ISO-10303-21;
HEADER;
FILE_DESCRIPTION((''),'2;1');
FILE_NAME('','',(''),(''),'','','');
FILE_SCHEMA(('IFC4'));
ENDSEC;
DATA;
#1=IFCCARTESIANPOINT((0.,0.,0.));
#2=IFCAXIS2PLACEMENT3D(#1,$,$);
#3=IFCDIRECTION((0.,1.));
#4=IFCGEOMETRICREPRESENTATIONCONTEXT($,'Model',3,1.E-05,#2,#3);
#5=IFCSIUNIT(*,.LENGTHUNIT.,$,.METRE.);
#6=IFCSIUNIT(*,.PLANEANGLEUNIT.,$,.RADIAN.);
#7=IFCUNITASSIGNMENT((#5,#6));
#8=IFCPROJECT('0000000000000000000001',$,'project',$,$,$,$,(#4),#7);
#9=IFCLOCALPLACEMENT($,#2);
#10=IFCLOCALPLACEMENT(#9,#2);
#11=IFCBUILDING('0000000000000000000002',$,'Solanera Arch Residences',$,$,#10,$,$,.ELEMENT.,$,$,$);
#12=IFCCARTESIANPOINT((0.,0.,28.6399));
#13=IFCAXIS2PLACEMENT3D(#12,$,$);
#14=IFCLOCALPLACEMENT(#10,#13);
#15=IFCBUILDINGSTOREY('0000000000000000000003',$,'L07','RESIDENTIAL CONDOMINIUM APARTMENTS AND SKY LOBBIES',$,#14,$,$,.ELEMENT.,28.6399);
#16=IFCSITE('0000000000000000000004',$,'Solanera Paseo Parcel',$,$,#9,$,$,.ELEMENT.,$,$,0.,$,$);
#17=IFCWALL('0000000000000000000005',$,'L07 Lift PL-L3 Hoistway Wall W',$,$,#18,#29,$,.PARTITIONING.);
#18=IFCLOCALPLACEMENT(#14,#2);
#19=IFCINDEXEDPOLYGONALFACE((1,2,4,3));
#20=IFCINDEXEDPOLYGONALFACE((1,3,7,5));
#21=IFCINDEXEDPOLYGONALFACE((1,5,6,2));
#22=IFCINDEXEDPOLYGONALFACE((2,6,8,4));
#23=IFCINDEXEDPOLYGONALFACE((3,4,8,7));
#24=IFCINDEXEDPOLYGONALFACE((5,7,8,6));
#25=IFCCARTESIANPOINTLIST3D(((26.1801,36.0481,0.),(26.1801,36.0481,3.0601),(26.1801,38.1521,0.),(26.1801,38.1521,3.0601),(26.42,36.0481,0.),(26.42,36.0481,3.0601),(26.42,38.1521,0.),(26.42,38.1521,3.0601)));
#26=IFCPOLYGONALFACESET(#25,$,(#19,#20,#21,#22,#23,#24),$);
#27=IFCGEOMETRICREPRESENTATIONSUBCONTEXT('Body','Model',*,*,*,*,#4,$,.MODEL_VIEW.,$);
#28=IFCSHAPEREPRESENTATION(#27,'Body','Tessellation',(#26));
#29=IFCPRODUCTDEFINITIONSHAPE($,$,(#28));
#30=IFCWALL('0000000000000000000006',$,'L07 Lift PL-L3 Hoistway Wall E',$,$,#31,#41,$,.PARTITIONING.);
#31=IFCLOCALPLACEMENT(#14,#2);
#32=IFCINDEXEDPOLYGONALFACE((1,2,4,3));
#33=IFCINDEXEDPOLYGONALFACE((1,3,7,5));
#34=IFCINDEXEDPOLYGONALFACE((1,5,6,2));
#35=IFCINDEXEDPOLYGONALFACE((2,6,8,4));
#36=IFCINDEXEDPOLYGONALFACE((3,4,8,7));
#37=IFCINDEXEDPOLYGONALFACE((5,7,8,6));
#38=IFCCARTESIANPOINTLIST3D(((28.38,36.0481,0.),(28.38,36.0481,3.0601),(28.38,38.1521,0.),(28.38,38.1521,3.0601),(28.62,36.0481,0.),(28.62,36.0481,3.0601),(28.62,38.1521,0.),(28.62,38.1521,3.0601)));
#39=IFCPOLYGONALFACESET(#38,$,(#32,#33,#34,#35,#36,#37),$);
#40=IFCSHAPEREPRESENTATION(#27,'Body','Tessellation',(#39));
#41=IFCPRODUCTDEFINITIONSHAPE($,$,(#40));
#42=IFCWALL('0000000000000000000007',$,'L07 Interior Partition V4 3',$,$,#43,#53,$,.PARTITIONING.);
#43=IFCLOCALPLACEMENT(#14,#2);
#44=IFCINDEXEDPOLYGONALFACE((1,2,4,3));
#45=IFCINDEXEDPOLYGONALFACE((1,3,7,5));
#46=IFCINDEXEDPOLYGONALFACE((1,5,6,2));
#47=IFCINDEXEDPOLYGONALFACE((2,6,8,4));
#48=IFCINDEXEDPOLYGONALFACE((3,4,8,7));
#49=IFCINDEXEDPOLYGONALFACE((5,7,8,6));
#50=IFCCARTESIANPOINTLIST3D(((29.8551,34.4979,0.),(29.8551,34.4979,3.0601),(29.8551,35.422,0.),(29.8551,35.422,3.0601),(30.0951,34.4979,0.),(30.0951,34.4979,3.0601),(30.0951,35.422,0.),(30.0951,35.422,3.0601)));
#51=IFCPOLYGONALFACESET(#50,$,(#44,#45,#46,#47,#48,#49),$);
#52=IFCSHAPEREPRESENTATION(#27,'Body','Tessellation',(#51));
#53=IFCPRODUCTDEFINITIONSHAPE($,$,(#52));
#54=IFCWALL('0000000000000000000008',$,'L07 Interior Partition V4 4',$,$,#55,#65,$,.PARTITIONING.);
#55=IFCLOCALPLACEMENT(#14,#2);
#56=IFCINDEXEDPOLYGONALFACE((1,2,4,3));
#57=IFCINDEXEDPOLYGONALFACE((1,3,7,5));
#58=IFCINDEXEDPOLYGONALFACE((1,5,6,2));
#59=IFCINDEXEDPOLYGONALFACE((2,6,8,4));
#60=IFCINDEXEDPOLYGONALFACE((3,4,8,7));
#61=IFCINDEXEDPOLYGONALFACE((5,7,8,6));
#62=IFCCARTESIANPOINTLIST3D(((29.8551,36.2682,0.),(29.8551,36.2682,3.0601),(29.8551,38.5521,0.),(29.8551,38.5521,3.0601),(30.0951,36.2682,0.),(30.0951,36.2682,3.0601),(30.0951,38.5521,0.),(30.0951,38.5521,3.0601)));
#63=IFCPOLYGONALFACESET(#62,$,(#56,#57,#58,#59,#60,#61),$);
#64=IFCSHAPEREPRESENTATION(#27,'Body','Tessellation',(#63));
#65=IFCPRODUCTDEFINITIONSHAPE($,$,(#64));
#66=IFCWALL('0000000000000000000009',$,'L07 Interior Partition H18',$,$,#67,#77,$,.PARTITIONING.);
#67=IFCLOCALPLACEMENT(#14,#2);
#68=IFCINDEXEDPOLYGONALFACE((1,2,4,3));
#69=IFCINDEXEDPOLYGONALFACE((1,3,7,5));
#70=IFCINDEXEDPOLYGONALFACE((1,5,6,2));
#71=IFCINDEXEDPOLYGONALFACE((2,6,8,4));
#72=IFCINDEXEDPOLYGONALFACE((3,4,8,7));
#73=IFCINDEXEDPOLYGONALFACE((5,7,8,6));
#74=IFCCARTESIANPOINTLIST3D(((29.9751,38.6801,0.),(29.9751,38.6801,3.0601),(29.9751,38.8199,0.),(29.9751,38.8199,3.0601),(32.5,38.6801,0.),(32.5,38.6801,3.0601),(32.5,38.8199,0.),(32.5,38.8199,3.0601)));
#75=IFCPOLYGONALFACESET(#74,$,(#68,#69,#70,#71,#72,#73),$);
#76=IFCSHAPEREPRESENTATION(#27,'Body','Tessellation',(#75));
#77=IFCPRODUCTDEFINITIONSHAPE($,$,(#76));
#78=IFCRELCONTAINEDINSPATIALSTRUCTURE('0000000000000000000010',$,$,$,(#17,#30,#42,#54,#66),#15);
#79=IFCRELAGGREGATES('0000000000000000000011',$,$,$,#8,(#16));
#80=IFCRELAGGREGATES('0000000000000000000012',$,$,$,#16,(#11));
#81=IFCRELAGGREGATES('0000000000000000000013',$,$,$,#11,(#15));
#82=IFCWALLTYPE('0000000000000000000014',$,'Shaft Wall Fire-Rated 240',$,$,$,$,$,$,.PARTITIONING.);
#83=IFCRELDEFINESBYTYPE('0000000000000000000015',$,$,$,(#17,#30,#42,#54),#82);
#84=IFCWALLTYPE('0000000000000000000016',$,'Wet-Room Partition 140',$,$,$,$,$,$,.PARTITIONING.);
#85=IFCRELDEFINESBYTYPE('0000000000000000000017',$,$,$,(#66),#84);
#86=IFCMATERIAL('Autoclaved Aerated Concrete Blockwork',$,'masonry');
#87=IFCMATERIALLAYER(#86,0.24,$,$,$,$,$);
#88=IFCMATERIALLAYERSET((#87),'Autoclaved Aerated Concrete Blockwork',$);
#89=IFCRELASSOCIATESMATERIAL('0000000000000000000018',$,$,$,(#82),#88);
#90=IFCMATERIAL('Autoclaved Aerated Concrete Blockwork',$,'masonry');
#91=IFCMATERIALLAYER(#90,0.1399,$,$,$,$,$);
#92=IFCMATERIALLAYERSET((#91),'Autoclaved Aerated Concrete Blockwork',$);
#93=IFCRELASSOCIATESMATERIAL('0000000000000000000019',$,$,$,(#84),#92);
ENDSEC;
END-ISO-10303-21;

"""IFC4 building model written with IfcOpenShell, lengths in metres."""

from ifc_helpers import new_model, si_unit, direction, frame, frame_2d, origin, place, context, subcontext, project, spatial, rectangle, extrude, material, layer, layer_set, type_object, element, save


model = new_model("IFC4")

# Units and contexts
model_context = context("Model", 3, precision=1e-05, world=origin(), true_north=direction((0.0, 1.0)))
body_context = subcontext(model_context, "Body", "Model", "MODEL_VIEW")
ifc_project = project(units=[si_unit("LENGTHUNIT", "METRE"), si_unit("PLANEANGLEUNIT", "RADIAN")], contexts=[model_context])

# Site, building, storey
site_placement = place(None, origin())
site = spatial("IfcSite", under=ifc_project, at=site_placement, Name="Solanera Paseo Parcel", CompositionType="ELEMENT", RefElevation=0.0)
building_placement = place(site_placement, origin())
building = spatial("IfcBuilding", under=site, at=building_placement, Name="Solanera Arch Residences", CompositionType="ELEMENT")
storey_placement = place(building_placement, frame((0.0, 0.0, 28.6399)))
storey = spatial("IfcBuildingStorey", under=building, at=storey_placement, Name="L07", Description="RESIDENTIAL CONDOMINIUM APARTMENTS AND SKY LOBBIES", CompositionType="ELEMENT", Elevation=28.6399)

# Walls
ifc_material_1 = material(Name="Autoclaved Aerated Concrete Blockwork", Category="masonry")
ifc_layer_1 = layer(ifc_material_1, 0.24)
ifc_layer_set_1 = layer_set([ifc_layer_1], Name="Autoclaved Aerated Concrete Blockwork")
wall_type_1 = type_object("IfcWallType", Name="Shaft Wall Fire-Rated 240", PredefinedType="PARTITIONING", material=ifc_layer_set_1)
for number, where, z_axis, x_axis, name in (
    (1, (26.3, 36.0481, 0.0), (0.0, 0.0, 1.0), (0.0, 1.0, 0.0), "L07 Lift PL-L3 Hoistway Wall W"),
    (2, (28.5, 36.0481, 0.0), (0.0, 0.0, 1.0), (0.0, 1.0, 0.0), "L07 Lift PL-L3 Hoistway Wall E"),
):
    element("IfcWall", number, at=place(storey_placement, frame(where, z_axis=z_axis, x_axis=x_axis)), inside=storey, type_object=wall_type_1, Name=name, PredefinedType="PARTITIONING", context=body_context, shape_type="SweptSolid", body=[
        extrude(rectangle(XDim=2.104, YDim=0.24, at=frame_2d((1.052, 0.0))), origin(), (0.0, 0.0, 1.0), 3.0601),
    ])

# Walls
wall_1_placement = place(storey_placement, frame((29.9751, 34.498, 0.0), z_axis=(0.0, 0.0, 1.0), x_axis=(0.0, 1.0, 0.0)))
element("IfcWall", 3, at=wall_1_placement, inside=storey, type_object=wall_type_1, Name="L07 Interior Partition V4 3", PredefinedType="PARTITIONING", context=body_context, shape_type="SweptSolid", body=[
    extrude(rectangle(XDim=0.9241, YDim=0.24, at=frame_2d((0.4619, 0.0))), origin(), (0.0, 0.0, 1.0), 3.0601),
])
wall_2_placement = place(storey_placement, frame((29.9751, 36.2681, 0.0), z_axis=(0.0, 0.0, 1.0), x_axis=(0.0, 1.0, 0.0)))
element("IfcWall", 4, at=wall_2_placement, inside=storey, type_object=wall_type_1, Name="L07 Interior Partition V4 4", PredefinedType="PARTITIONING", context=body_context, shape_type="SweptSolid", body=[
    extrude(rectangle(XDim=2.2839, YDim=0.24, at=frame_2d((1.1421, 0.0))), origin(), (0.0, 0.0, 1.0), 3.0601),
])
ifc_material_2 = material(Name="Autoclaved Aerated Concrete Blockwork", Category="masonry")
ifc_layer_2 = layer(ifc_material_2, 0.1399)
ifc_layer_set_2 = layer_set([ifc_layer_2], Name="Autoclaved Aerated Concrete Blockwork")
wall_type_2 = type_object("IfcWallType", Name="Wet-Room Partition 140", PredefinedType="PARTITIONING", material=ifc_layer_set_2)
wall_3_placement = place(storey_placement, frame((29.9751, 38.75, 0.0), z_axis=(0.0, 0.0, 1.0), x_axis=(1.0, 0.0, 0.0)))
element("IfcWall", 5, at=wall_3_placement, inside=storey, type_object=wall_type_2, Name="L07 Interior Partition H18", PredefinedType="PARTITIONING", context=body_context, shape_type="SweptSolid", body=[
    extrude(rectangle(XDim=2.5249, YDim=0.1399, at=frame_2d((1.2625, 0.0))), origin(), (0.0, 0.0, 1.0), 3.0601),
])

save(model, "model.ifc")
